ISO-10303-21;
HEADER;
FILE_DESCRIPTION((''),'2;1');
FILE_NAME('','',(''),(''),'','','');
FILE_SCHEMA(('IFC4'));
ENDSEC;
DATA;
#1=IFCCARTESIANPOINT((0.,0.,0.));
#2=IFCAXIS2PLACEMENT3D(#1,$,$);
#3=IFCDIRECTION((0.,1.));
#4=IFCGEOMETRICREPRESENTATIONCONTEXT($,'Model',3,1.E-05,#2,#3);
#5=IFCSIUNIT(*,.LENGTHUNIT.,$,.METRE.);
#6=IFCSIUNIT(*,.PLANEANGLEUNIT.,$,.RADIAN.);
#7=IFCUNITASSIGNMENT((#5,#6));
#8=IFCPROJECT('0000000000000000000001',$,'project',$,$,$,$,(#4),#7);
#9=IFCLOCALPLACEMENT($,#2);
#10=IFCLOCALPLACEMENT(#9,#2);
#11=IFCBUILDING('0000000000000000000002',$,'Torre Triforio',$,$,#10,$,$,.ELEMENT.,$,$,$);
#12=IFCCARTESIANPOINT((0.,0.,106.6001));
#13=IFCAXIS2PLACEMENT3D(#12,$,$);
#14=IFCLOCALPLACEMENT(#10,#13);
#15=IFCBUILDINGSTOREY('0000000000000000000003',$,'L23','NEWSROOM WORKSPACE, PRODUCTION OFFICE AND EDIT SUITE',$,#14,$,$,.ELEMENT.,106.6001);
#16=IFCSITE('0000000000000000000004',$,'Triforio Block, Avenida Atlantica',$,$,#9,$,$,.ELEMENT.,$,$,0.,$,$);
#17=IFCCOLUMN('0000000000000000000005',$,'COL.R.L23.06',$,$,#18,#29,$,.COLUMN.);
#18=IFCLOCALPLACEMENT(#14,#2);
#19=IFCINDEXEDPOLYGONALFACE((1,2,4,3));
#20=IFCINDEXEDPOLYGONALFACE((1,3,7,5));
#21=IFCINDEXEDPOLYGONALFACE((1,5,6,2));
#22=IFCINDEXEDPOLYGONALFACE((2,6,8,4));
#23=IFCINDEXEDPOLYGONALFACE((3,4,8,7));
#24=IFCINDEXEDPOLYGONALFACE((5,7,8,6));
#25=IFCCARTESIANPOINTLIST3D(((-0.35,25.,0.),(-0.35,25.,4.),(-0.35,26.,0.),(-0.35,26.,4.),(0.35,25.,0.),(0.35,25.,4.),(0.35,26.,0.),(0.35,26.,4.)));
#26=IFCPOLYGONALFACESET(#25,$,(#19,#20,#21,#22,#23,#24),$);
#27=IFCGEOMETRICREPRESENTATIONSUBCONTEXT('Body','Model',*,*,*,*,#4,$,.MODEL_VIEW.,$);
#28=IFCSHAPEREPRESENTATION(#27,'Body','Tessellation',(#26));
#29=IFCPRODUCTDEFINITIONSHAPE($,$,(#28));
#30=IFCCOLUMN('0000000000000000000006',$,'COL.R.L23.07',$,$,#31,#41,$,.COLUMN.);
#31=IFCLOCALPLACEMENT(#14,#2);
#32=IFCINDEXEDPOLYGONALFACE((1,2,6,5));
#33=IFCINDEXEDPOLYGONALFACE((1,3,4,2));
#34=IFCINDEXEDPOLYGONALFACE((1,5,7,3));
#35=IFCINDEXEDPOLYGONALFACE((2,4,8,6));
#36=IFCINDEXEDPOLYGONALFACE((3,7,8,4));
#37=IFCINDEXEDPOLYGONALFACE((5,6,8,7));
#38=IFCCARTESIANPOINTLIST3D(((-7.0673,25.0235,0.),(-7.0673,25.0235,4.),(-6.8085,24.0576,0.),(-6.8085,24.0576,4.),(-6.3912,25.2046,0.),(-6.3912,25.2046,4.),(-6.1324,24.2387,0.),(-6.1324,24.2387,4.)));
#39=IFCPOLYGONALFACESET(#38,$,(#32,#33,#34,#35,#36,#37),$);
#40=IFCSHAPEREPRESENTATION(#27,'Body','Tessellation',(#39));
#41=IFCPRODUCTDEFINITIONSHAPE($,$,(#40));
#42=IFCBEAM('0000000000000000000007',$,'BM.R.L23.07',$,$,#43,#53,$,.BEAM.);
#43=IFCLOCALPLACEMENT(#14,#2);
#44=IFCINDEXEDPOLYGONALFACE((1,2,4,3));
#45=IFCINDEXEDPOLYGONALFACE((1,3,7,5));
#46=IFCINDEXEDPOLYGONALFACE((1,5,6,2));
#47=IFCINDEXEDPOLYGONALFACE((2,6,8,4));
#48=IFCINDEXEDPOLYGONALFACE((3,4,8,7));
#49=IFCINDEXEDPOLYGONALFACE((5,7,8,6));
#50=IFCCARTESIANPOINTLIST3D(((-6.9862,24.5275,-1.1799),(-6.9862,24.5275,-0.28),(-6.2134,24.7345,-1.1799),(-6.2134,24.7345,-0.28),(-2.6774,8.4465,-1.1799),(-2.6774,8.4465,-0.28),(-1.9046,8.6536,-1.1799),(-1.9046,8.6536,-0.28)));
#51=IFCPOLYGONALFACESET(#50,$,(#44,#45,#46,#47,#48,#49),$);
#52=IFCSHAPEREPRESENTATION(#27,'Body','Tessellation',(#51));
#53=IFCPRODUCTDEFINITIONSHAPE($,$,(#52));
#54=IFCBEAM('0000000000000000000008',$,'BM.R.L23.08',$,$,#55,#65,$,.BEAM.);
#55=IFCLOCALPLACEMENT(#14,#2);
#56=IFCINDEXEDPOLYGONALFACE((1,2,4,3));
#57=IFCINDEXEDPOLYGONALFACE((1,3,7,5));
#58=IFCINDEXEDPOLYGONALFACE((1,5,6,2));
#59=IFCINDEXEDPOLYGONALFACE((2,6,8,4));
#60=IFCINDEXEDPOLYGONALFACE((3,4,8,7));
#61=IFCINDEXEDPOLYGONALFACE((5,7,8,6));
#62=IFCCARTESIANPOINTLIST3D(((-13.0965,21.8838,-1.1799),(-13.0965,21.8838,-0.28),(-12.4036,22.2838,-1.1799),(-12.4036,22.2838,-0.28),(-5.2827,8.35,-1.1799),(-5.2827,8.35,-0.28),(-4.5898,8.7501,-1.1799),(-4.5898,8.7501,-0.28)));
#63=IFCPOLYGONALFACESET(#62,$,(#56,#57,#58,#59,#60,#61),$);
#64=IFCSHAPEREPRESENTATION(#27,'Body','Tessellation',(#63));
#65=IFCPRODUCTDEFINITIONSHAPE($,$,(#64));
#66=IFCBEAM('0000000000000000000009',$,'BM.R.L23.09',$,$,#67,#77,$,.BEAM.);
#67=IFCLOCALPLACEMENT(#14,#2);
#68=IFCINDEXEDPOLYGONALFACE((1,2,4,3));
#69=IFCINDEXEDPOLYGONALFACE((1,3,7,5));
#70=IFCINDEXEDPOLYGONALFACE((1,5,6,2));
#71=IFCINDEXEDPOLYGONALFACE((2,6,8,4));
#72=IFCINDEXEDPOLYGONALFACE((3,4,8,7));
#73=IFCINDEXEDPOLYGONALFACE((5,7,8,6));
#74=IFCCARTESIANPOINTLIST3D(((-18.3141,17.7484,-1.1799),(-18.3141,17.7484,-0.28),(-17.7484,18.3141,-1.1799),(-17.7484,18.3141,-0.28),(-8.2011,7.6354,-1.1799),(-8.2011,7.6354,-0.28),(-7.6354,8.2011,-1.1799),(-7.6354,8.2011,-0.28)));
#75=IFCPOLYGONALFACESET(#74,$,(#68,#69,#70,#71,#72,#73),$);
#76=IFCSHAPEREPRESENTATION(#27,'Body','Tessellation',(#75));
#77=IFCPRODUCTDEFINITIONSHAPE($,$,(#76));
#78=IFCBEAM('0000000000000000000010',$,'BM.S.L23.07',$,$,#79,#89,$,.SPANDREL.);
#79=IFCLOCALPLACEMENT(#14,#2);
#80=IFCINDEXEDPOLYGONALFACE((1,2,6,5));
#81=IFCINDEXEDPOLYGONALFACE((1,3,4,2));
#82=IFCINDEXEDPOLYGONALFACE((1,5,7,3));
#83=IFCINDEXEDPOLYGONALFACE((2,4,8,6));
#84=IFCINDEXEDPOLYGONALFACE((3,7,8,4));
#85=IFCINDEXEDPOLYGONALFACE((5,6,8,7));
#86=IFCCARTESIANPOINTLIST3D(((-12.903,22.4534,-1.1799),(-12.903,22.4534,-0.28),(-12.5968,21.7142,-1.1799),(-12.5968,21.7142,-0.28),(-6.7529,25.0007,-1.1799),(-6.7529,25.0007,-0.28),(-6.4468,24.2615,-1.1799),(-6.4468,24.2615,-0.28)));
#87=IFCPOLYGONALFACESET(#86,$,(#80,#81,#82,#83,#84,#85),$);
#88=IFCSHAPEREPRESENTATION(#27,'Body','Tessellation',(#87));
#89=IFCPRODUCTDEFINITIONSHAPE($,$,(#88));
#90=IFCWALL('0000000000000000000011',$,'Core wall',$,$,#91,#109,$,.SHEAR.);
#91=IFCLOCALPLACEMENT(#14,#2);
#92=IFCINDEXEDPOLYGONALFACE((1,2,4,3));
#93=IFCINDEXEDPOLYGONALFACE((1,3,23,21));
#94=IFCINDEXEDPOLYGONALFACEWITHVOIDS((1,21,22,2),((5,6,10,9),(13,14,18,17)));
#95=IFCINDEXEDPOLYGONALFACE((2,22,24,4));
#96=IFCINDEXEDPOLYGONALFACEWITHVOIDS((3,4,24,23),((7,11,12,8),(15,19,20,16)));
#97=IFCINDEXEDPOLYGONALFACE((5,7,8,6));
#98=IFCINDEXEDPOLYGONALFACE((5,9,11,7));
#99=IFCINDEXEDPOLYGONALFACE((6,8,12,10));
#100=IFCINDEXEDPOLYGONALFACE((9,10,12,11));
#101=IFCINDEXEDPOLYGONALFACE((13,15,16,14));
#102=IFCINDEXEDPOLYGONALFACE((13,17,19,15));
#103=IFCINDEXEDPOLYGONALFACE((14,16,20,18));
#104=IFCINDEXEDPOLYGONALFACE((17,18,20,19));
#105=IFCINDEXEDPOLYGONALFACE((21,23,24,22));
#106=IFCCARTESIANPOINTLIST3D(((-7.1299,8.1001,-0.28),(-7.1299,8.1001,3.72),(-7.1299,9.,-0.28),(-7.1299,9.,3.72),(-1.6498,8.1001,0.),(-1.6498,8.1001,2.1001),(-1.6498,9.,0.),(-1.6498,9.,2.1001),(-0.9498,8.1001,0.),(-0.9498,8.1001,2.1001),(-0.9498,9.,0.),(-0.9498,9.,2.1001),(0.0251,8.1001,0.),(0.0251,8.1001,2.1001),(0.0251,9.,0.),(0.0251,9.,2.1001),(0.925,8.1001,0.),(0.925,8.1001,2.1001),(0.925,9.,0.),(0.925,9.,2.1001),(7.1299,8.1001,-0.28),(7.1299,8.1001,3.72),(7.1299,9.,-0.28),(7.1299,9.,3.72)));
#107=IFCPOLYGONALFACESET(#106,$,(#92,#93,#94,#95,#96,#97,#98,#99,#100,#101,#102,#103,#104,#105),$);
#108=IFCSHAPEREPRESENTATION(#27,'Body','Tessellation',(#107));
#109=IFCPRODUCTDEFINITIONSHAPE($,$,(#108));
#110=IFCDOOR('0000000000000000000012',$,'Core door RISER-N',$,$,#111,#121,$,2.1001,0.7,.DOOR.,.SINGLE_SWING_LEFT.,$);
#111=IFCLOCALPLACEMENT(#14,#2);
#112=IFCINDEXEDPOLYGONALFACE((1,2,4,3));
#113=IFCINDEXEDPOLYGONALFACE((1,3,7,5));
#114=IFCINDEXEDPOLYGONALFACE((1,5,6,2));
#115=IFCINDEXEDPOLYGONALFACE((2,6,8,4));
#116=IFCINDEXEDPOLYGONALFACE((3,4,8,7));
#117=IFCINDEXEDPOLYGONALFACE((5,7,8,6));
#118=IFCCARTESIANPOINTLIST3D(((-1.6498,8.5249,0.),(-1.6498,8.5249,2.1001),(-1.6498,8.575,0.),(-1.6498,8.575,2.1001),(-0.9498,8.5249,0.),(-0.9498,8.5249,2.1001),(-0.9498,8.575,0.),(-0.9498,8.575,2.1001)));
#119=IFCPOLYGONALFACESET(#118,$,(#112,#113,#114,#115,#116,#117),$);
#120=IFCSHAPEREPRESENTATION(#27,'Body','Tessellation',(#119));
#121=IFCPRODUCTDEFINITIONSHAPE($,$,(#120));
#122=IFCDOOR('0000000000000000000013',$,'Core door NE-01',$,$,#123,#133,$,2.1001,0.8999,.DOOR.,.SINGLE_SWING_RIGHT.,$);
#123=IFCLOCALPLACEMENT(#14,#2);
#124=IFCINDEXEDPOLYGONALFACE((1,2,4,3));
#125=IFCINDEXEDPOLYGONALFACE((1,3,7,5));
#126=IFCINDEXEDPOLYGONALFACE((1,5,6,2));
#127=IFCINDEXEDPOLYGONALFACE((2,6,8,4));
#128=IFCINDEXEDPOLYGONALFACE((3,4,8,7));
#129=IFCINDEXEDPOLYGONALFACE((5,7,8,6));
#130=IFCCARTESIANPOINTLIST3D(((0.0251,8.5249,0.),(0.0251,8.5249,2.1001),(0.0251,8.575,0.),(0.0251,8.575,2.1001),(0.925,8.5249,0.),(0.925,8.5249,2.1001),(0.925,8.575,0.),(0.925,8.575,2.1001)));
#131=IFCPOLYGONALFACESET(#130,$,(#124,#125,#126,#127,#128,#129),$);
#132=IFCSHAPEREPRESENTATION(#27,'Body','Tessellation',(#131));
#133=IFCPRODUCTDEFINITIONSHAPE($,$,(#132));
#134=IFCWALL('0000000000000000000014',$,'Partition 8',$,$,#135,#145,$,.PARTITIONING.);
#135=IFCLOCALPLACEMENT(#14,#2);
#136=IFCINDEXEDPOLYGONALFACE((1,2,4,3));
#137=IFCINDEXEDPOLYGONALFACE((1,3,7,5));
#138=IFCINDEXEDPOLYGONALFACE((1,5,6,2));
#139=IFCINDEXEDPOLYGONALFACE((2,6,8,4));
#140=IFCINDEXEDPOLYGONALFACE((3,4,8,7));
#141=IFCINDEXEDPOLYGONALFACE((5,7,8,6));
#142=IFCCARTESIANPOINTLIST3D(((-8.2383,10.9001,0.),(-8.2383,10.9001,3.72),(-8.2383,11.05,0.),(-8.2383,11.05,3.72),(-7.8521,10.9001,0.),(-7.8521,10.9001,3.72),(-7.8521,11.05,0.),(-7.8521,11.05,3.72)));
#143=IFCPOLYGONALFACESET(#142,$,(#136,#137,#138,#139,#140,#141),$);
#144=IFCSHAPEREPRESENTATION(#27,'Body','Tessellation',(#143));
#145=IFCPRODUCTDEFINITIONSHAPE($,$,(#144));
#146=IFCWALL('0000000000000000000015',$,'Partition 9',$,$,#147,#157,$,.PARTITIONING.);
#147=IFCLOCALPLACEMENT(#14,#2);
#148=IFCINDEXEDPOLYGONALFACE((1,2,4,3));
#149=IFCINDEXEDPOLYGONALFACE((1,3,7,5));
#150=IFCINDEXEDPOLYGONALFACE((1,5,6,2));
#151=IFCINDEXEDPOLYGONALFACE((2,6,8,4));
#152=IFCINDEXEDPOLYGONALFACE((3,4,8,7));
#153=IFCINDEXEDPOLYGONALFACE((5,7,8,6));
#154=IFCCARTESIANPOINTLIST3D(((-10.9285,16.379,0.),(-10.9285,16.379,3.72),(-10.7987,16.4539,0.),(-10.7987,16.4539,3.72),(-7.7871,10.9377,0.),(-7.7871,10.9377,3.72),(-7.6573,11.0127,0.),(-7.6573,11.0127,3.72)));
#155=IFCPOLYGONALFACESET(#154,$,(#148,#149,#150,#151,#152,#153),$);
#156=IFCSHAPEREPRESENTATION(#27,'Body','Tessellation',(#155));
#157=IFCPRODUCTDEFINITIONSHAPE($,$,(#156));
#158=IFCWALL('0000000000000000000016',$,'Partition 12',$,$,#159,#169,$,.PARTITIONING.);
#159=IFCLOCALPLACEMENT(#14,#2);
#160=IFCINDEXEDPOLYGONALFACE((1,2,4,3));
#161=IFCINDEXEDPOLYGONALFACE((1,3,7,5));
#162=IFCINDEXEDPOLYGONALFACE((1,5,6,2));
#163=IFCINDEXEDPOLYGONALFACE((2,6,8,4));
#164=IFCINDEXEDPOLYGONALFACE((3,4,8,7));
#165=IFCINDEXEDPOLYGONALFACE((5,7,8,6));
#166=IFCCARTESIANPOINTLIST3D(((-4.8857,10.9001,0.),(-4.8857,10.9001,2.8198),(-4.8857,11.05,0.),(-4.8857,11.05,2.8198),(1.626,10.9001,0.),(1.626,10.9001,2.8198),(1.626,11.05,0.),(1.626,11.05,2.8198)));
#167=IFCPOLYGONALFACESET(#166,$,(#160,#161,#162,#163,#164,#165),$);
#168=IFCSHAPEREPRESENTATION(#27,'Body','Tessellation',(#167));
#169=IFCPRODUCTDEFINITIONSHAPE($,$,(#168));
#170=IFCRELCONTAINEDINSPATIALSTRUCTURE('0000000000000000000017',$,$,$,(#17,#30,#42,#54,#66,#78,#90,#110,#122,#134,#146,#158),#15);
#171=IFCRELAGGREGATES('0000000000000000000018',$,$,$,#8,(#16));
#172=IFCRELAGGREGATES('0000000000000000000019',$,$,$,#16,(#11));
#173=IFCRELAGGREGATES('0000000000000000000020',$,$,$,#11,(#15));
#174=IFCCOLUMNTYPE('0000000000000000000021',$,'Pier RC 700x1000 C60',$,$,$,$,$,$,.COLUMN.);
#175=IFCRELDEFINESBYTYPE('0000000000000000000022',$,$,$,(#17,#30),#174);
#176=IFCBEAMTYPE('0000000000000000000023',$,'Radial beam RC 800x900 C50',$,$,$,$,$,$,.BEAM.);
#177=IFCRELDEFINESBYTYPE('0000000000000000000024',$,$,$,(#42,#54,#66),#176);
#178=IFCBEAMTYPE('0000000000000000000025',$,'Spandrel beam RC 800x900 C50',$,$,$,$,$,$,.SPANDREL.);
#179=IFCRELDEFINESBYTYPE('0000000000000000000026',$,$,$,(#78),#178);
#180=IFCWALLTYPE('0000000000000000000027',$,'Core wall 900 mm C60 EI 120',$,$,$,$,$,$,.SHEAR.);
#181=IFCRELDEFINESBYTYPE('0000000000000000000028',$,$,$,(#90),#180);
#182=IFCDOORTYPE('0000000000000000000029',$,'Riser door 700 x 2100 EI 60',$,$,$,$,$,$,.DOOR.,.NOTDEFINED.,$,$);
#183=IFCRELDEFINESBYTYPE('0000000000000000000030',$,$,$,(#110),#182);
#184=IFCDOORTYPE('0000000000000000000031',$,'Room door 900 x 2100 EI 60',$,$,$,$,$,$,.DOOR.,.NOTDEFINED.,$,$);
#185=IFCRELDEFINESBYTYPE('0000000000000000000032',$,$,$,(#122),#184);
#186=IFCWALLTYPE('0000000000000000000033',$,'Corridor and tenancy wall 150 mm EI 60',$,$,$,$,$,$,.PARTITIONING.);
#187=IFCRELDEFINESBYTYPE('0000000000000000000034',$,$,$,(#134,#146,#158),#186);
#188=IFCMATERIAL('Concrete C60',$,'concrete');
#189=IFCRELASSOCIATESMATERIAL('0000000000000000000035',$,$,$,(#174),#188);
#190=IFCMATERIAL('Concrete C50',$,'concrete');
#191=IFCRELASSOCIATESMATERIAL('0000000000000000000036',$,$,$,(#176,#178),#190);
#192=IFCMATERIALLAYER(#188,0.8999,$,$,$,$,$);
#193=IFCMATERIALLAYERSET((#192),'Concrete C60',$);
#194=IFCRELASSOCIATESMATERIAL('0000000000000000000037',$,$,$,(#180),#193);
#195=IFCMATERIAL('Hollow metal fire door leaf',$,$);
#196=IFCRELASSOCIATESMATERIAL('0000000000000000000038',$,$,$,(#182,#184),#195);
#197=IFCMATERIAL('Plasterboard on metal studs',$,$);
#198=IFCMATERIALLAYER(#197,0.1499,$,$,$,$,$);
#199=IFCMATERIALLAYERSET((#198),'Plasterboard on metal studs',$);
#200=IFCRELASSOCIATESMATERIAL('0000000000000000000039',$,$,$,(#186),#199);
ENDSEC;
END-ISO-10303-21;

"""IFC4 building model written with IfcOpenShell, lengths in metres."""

from ifc_helpers import new_model, si_unit, direction, frame, frame_2d, origin, origin_2d, place, context, subcontext, project, spatial, rectangle, extrude, material, layer, layer_set, material_profile, profile_set, type_object, element, fill, save


model = new_model("IFC4")

# Units and contexts
model_context = context("Model", 3, precision=1e-05, world=origin(), true_north=direction((0.0, 1.0)))
body_context = subcontext(model_context, "Body", "Model", "MODEL_VIEW")
ifc_project = project(units=[si_unit("LENGTHUNIT", "METRE"), si_unit("PLANEANGLEUNIT", "RADIAN")], contexts=[model_context])

# Site, building, storey
site_placement = place(None, origin())
site = spatial("IfcSite", under=ifc_project, at=site_placement, Name="Triforio Block, Avenida Atlantica", CompositionType="ELEMENT", RefElevation=0.0)
building_placement = place(site_placement, origin())
building = spatial("IfcBuilding", under=site, at=building_placement, Name="Torre Triforio", CompositionType="ELEMENT")
storey_placement = place(building_placement, frame((0.0, 0.0, 106.6001)))
storey = spatial("IfcBuildingStorey", under=building, at=storey_placement, Name="L23", Description="NEWSROOM WORKSPACE, PRODUCTION OFFICE AND EDIT SUITE", CompositionType="ELEMENT", Elevation=106.6001)

# Columns
ifc_material_1 = material(Name="Concrete C60", Category="concrete")
ifc_material_profile_1 = material_profile(ifc_material_1, rectangle(XDim=0.7, YDim=1.0, at=origin_2d()), Name="RC 700x1000")
ifc_profile_set_1 = profile_set([ifc_material_profile_1], Name="Concrete C60")
column_type = type_object("IfcColumnType", Name="Pier RC 700x1000 C60", PredefinedType="COLUMN", material=ifc_profile_set_1)
for number, where, z_axis, x_axis, name in (
    (1, (0.0, 25.5, 0.0), (0.0, 0.0, 1.0), (-1.0, 0.0, 0.0), "COL.R.L23.06"),
    (2, (-6.5999, 24.6311, 0.0), (0.0, 0.0, 1.0), (-0.965926, -0.258819, 0.0), "COL.R.L23.07"),
):
    element("IfcColumn", number, at=place(storey_placement, frame(where, z_axis=z_axis, x_axis=x_axis)), inside=storey, type_object=column_type, Name=name, PredefinedType="COLUMN", context=body_context, shape_type="SweptSolid", body=[
        extrude(rectangle(XDim=0.7, YDim=1.0, at=origin_2d()), origin(), (0.0, 0.0, 1.0), 4.0),
    ])

# Beams
ifc_material_2 = material(Name="Concrete C50", Category="concrete")
ifc_material_profile_2 = material_profile(ifc_material_2, rectangle(XDim=0.8, YDim=0.8999, at=origin_2d()), Name="RC 800x900")
ifc_profile_set_2 = profile_set([ifc_material_profile_2], Name="Concrete C50")
beam_type_1 = type_object("IfcBeamType", Name="Radial beam RC 800x900 C50", PredefinedType="BEAM", material=ifc_profile_set_2)
beam_1_placement = place(storey_placement, frame((-2.291, 8.55, -0.73), z_axis=(-0.258815, 0.965927, 0.0), x_axis=(-0.965927, -0.258815, 0.0)))
element("IfcBeam", 3, at=beam_1_placement, inside=storey, type_object=beam_type_1, Name="BM.R.L23.07", PredefinedType="BEAM", context=body_context, shape_type="SweptSolid", body=[
    extrude(rectangle(XDim=0.8, YDim=0.8999, at=origin_2d()), origin(), (0.0, 0.0, 1.0), 16.6482),
])
beam_2_placement = place(storey_placement, frame((-4.9363, 8.55, -0.73), z_axis=(-0.500002, 0.866024, 0.0), x_axis=(-0.866024, -0.500002, 0.0)))
element("IfcBeam", 4, at=beam_2_placement, inside=storey, type_object=beam_type_1, Name="BM.R.L23.08", PredefinedType="BEAM", context=body_context, shape_type="SweptSolid", body=[
    extrude(rectangle(XDim=0.8, YDim=0.8999, at=origin_2d()), origin(), (0.0, 0.0, 1.0), 15.6274),
])
beam_3_placement = place(storey_placement, frame((-7.9182, 7.9182, -0.73), z_axis=(-0.707107, 0.707107, 0.0), x_axis=(-0.707107, -0.707107, 0.0)))
element("IfcBeam", 5, at=beam_3_placement, inside=storey, type_object=beam_type_1, Name="BM.R.L23.09", PredefinedType="BEAM", context=body_context, shape_type="SweptSolid", body=[
    extrude(rectangle(XDim=0.8, YDim=0.8999, at=origin_2d()), origin(), (0.0, 0.0, 1.0), 14.302),
])
ifc_material_profile_3 = material_profile(ifc_material_2, rectangle(XDim=0.8, YDim=0.8999, at=origin_2d()), Name="RC 800x900")
ifc_profile_set_3 = profile_set([ifc_material_profile_3], Name="Concrete C50")
beam_type_2 = type_object("IfcBeamType", Name="Spandrel beam RC 800x900 C50", PredefinedType="SPANDREL", material=ifc_profile_set_3)
beam_4_placement = place(storey_placement, frame((-6.5999, 24.6311, -0.73), z_axis=(-0.923885, -0.382669, 0.0), x_axis=(0.382669, -0.923885, 0.0)))
element("IfcBeam", 6, at=beam_4_placement, inside=storey, type_object=beam_type_2, Name="BM.S.L23.07", PredefinedType="SPANDREL", context=body_context, shape_type="SweptSolid", body=[
    extrude(rectangle(XDim=0.8, YDim=0.8999, at=origin_2d()), origin(), (0.0, 0.0, 1.0), 6.6567),
])

# Wall, openings, doors
ifc_layer_1 = layer(ifc_material_1, 0.8999)
ifc_layer_set_1 = layer_set([ifc_layer_1], Name="Concrete C60")
wall_type_1 = type_object("IfcWallType", Name="Core wall 900 mm C60 EI 120", PredefinedType="SHEAR", material=ifc_layer_set_1)
wall_1_placement = place(storey_placement, frame((-7.1299, 8.55, -0.28), z_axis=(0.0, 0.0, 1.0), x_axis=(1.0, 0.0, 0.0)))
wall_1 = element("IfcWall", 7, at=wall_1_placement, inside=storey, type_object=wall_type_1, Name="Core wall", PredefinedType="SHEAR", context=body_context, shape_type="SweptSolid", body=[
    extrude(rectangle(XDim=14.2598, YDim=0.8999, at=frame_2d((7.1299, 0.0))), origin(), (0.0, 0.0, 1.0), 4.0),
])
opening_1_placement = place(wall_1_placement, frame((5.48, 0.0, 0.28)))
opening_1 = element("IfcOpeningElement", 8, at=opening_1_placement, cuts=wall_1, PredefinedType="OPENING", context=body_context, shape_type="SweptSolid", body=[
    extrude(rectangle(XDim=0.7, YDim=2.1001, at=frame_2d((0.3501, 1.05))), frame((0.0, 0.46, 0.0), z_axis=(0.0, -1.0, 0.0), x_axis=(1.0, 0.0, 0.0)), (0.0, 0.0, 1.0), 0.9199),
])
opening_2_placement = place(wall_1_placement, frame((7.155, 0.0, 0.28)))
opening_2 = element("IfcOpeningElement", 9, at=opening_2_placement, cuts=wall_1, PredefinedType="OPENING", context=body_context, shape_type="SweptSolid", body=[
    extrude(rectangle(XDim=0.8999, YDim=2.1001, at=frame_2d((0.45, 1.05))), frame((0.0, 0.46, 0.0), z_axis=(0.0, -1.0, 0.0), x_axis=(1.0, 0.0, 0.0)), (0.0, 0.0, 1.0), 0.9199),
])
ifc_material_3 = material(Name="Hollow metal fire door leaf")
door_type_1 = type_object("IfcDoorType", Name="Riser door 700 x 2100 EI 60", OperationType="NOTDEFINED", PredefinedType="DOOR", material=ifc_material_3)
door_1_placement = place(opening_1_placement, origin())
door_1 = element("IfcDoor", 10, at=door_1_placement, inside=storey, type_object=door_type_1, Name="Core door RISER-N", OperationType="SINGLE_SWING_LEFT", OverallHeight=2.1001, OverallWidth=0.7, PredefinedType="DOOR", context=body_context, shape_type="SweptSolid", body=[
    extrude(rectangle(XDim=0.7, YDim=2.1001, at=frame_2d((0.3501, 1.05))), frame((0.0, 0.0249, 0.0), z_axis=(0.0, -1.0, 0.0), x_axis=(1.0, 0.0, 0.0)), (0.0, 0.0, 1.0), 0.05),
])
fill(opening_1, door_1)
door_type_2 = type_object("IfcDoorType", Name="Room door 900 x 2100 EI 60", OperationType="NOTDEFINED", PredefinedType="DOOR", material=ifc_material_3)
door_2_placement = place(opening_2_placement, origin())
door_2 = element("IfcDoor", 11, at=door_2_placement, inside=storey, type_object=door_type_2, Name="Core door NE-01", OperationType="SINGLE_SWING_RIGHT", OverallHeight=2.1001, OverallWidth=0.8999, PredefinedType="DOOR", context=body_context, shape_type="SweptSolid", body=[
    extrude(rectangle(XDim=0.8999, YDim=2.1001, at=frame_2d((0.45, 1.05))), frame((0.0, 0.0249, 0.0), z_axis=(0.0, -1.0, 0.0), x_axis=(1.0, 0.0, 0.0)), (0.0, 0.0, 1.0), 0.05),
])
fill(opening_2, door_2)

# Walls
ifc_material_4 = material(Name="Plasterboard on metal studs")
ifc_layer_2 = layer(ifc_material_4, 0.1499)
ifc_layer_set_2 = layer_set([ifc_layer_2], Name="Plasterboard on metal studs")
wall_type_2 = type_object("IfcWallType", Name="Corridor and tenancy wall 150 mm EI 60", PredefinedType="PARTITIONING", material=ifc_layer_set_2)
wall_2_placement = place(storey_placement, frame((-8.2383, 10.9751, 0.0), z_axis=(0.0, 0.0, 1.0), x_axis=(1.0, 0.0, 0.0)))
element("IfcWall", 12, at=wall_2_placement, inside=storey, type_object=wall_type_2, Name="Partition 8", PredefinedType="PARTITIONING", context=body_context, shape_type="SweptSolid", body=[
    extrude(rectangle(XDim=0.3862, YDim=0.1499, at=frame_2d((0.1931, 0.0))), origin(), (0.0, 0.0, 1.0), 3.72),
])
wall_3_placement = place(storey_placement, frame((-7.7222, 10.9751, 0.0), z_axis=(0.0, 0.0, 1.0), x_axis=(-0.499988, 0.866032, 0.0)))
element("IfcWall", 13, at=wall_3_placement, inside=storey, type_object=wall_type_2, Name="Partition 9", PredefinedType="PARTITIONING", context=body_context, shape_type="SweptSolid", body=[
    extrude(rectangle(XDim=6.283, YDim=0.1499, at=frame_2d((3.1416, 0.0))), origin(), (0.0, 0.0, 1.0), 3.72),
])
wall_4_placement = place(storey_placement, frame((-4.8857, 10.9751, 0.0), z_axis=(0.0, 0.0, 1.0), x_axis=(1.0, 0.0, 0.0)))
element("IfcWall", 14, at=wall_4_placement, inside=storey, type_object=wall_type_2, Name="Partition 12", PredefinedType="PARTITIONING", context=body_context, shape_type="SweptSolid", body=[
    extrude(rectangle(XDim=6.5117, YDim=0.1499, at=frame_2d((3.2559, 0.0))), origin(), (0.0, 0.0, 1.0), 2.8198),
])

save(model, "model.ifc")
